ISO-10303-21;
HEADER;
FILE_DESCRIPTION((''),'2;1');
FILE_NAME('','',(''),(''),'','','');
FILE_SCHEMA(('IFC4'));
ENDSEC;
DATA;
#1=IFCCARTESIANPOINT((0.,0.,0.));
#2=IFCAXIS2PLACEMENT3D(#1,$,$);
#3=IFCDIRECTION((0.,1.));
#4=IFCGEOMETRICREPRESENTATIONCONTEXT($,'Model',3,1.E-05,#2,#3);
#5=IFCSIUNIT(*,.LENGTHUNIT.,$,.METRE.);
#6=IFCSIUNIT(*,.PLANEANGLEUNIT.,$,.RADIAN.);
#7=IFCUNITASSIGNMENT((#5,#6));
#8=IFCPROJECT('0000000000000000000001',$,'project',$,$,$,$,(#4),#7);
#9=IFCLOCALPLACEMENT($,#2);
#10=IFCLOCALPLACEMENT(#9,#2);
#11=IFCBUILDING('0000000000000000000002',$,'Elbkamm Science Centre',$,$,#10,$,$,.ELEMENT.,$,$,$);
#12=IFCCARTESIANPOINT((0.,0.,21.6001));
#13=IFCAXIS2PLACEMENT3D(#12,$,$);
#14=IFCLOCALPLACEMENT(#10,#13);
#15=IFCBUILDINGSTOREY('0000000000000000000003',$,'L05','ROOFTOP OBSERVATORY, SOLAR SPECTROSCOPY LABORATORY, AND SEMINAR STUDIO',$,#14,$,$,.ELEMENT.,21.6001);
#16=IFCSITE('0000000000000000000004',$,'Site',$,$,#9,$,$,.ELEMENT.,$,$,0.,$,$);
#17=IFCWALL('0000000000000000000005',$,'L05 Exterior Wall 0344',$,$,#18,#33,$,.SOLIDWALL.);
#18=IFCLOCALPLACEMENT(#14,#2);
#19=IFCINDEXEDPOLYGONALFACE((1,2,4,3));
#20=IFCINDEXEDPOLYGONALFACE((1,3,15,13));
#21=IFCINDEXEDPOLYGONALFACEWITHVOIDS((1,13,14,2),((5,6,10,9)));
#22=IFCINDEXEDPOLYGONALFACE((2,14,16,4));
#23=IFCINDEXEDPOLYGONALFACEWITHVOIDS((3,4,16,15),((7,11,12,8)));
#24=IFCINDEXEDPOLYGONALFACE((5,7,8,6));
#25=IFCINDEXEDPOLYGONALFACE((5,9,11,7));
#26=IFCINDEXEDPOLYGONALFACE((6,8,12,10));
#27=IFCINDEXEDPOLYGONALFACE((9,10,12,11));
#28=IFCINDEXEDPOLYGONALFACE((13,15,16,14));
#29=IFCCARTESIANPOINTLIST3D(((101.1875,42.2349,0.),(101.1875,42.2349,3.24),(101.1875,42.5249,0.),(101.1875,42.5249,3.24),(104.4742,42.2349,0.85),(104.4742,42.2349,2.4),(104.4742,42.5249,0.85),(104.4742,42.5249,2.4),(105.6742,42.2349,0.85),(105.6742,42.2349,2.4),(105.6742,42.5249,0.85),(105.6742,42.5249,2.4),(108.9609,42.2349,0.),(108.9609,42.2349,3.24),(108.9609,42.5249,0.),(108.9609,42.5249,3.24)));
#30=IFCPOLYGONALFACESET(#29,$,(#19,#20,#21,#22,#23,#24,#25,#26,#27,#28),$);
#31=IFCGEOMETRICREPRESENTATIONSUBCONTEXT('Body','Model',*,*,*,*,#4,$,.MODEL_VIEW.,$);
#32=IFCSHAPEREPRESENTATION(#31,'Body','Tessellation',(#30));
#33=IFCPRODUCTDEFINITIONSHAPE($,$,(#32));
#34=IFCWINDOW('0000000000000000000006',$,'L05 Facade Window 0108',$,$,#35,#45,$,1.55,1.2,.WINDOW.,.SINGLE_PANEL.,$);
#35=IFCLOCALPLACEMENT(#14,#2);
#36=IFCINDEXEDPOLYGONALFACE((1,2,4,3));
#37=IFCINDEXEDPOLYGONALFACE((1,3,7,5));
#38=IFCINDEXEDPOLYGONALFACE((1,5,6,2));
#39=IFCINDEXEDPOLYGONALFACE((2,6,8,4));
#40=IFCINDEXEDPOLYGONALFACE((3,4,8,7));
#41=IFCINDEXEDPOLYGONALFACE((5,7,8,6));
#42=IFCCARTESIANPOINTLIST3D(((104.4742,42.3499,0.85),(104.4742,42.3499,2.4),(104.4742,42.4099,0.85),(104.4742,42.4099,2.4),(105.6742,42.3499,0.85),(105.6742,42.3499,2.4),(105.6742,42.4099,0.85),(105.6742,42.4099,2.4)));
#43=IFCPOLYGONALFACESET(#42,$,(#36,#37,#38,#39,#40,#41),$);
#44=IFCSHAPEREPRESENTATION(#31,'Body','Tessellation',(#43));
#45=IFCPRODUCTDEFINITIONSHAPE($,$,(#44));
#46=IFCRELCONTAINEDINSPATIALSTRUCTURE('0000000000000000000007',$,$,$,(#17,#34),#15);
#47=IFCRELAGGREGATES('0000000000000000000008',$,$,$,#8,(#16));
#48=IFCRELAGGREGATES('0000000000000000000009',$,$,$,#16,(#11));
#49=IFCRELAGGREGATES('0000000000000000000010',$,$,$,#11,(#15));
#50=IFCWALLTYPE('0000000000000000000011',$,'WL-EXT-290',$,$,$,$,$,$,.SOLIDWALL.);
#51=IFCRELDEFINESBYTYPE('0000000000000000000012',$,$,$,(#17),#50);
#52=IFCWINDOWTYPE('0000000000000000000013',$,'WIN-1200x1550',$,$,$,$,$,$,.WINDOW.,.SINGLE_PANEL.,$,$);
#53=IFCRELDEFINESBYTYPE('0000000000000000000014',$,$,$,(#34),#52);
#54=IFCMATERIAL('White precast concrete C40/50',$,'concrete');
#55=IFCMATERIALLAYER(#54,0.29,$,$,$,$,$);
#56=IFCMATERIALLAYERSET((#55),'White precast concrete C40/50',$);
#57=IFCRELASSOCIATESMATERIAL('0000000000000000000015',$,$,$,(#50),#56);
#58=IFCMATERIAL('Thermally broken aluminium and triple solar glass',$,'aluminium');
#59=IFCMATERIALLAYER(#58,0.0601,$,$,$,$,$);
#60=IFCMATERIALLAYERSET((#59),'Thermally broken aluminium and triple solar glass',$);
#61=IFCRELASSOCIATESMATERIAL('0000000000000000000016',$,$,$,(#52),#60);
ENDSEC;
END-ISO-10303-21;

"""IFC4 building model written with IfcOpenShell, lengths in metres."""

from ifc_helpers import new_model, si_unit, direction, frame, frame_2d, origin, place, context, subcontext, project, spatial, rectangle, extrude, material, layer, layer_set, type_object, element, fill, save


model = new_model("IFC4")

# Units and contexts
model_context = context("Model", 3, precision=1e-05, world=origin(), true_north=direction((0.0, 1.0)))
body_context = subcontext(model_context, "Body", "Model", "MODEL_VIEW")
ifc_project = project(units=[si_unit("LENGTHUNIT", "METRE"), si_unit("PLANEANGLEUNIT", "RADIAN")], contexts=[model_context])

# Site, building, storey
site_placement = place(None, origin())
site = spatial("IfcSite", under=ifc_project, at=site_placement, Name="Site", CompositionType="ELEMENT", RefElevation=0.0)
building_placement = place(site_placement, origin())
building = spatial("IfcBuilding", under=site, at=building_placement, Name="Elbkamm Science Centre", CompositionType="ELEMENT")
storey_placement = place(building_placement, frame((0.0, 0.0, 21.6001)))
storey = spatial("IfcBuildingStorey", under=building, at=storey_placement, Name="L05", Description="ROOFTOP OBSERVATORY, SOLAR SPECTROSCOPY LABORATORY, AND SEMINAR STUDIO", CompositionType="ELEMENT", Elevation=21.6001)

# Wall, opening, window
ifc_material_1 = material(Name="White precast concrete C40/50", Category="concrete")
ifc_material_2 = material(Name="Thermally broken aluminium and triple solar glass", Category="aluminium")
ifc_layer_1 = layer(ifc_material_1, 0.29)
ifc_layer_set_1 = layer_set([ifc_layer_1], Name="White precast concrete C40/50")
wall_type_1 = type_object("IfcWallType", Name="WL-EXT-290", PredefinedType="SOLIDWALL", material=ifc_layer_set_1)
wall_1_placement = place(storey_placement, frame((108.9609, 42.3799, 0.0), z_axis=(0.0, 0.0, 1.0), x_axis=(-1.0, 0.0, 0.0)))
wall_1 = element("IfcWall", 1, at=wall_1_placement, inside=storey, type_object=wall_type_1, Name="L05 Exterior Wall 0344", PredefinedType="SOLIDWALL", context=body_context, shape_type="SweptSolid", body=[
    extrude(rectangle(XDim=7.7734, YDim=0.29, at=frame_2d((3.8867, 0.0))), origin(), (0.0, 0.0, 1.0), 3.24),
])
opening_1_placement = place(wall_1_placement, frame((3.2866, 0.0, 0.8501)))
opening_1 = element("IfcOpeningElement", 2, at=opening_1_placement, cuts=wall_1, PredefinedType="OPENING", context=body_context, shape_type="SweptSolid", body=[
    extrude(rectangle(XDim=1.2, YDim=1.55, at=frame_2d((0.6001, 0.7749))), frame((0.0, 0.157, 0.0), z_axis=(0.0, -1.0, 0.0), x_axis=(1.0, 0.0, 0.0)), (0.0, 0.0, 1.0), 0.314),
])
ifc_layer_2 = layer(ifc_material_2, 0.0601)
ifc_layer_set_2 = layer_set([ifc_layer_2], Name="Thermally broken aluminium and triple solar glass")
window_type_1 = type_object("IfcWindowType", Name="WIN-1200x1550", PartitioningType="SINGLE_PANEL", PredefinedType="WINDOW", material=ifc_layer_set_2)
window_1_placement = place(opening_1_placement, origin())
window_1 = element("IfcWindow", 3, at=window_1_placement, inside=storey, type_object=window_type_1, Name="L05 Facade Window 0108", OverallHeight=1.55, OverallWidth=1.2, PartitioningType="SINGLE_PANEL", PredefinedType="WINDOW", context=body_context, shape_type="SweptSolid", body=[
    extrude(rectangle(XDim=1.2, YDim=1.55, at=frame_2d((0.6001, 0.7749))), frame((0.0, 0.03, 0.0), z_axis=(0.0, -1.0, 0.0), x_axis=(1.0, 0.0, 0.0)), (0.0, 0.0, 1.0), 0.0601),
])
fill(opening_1, window_1)

save(model, "model.ifc")
